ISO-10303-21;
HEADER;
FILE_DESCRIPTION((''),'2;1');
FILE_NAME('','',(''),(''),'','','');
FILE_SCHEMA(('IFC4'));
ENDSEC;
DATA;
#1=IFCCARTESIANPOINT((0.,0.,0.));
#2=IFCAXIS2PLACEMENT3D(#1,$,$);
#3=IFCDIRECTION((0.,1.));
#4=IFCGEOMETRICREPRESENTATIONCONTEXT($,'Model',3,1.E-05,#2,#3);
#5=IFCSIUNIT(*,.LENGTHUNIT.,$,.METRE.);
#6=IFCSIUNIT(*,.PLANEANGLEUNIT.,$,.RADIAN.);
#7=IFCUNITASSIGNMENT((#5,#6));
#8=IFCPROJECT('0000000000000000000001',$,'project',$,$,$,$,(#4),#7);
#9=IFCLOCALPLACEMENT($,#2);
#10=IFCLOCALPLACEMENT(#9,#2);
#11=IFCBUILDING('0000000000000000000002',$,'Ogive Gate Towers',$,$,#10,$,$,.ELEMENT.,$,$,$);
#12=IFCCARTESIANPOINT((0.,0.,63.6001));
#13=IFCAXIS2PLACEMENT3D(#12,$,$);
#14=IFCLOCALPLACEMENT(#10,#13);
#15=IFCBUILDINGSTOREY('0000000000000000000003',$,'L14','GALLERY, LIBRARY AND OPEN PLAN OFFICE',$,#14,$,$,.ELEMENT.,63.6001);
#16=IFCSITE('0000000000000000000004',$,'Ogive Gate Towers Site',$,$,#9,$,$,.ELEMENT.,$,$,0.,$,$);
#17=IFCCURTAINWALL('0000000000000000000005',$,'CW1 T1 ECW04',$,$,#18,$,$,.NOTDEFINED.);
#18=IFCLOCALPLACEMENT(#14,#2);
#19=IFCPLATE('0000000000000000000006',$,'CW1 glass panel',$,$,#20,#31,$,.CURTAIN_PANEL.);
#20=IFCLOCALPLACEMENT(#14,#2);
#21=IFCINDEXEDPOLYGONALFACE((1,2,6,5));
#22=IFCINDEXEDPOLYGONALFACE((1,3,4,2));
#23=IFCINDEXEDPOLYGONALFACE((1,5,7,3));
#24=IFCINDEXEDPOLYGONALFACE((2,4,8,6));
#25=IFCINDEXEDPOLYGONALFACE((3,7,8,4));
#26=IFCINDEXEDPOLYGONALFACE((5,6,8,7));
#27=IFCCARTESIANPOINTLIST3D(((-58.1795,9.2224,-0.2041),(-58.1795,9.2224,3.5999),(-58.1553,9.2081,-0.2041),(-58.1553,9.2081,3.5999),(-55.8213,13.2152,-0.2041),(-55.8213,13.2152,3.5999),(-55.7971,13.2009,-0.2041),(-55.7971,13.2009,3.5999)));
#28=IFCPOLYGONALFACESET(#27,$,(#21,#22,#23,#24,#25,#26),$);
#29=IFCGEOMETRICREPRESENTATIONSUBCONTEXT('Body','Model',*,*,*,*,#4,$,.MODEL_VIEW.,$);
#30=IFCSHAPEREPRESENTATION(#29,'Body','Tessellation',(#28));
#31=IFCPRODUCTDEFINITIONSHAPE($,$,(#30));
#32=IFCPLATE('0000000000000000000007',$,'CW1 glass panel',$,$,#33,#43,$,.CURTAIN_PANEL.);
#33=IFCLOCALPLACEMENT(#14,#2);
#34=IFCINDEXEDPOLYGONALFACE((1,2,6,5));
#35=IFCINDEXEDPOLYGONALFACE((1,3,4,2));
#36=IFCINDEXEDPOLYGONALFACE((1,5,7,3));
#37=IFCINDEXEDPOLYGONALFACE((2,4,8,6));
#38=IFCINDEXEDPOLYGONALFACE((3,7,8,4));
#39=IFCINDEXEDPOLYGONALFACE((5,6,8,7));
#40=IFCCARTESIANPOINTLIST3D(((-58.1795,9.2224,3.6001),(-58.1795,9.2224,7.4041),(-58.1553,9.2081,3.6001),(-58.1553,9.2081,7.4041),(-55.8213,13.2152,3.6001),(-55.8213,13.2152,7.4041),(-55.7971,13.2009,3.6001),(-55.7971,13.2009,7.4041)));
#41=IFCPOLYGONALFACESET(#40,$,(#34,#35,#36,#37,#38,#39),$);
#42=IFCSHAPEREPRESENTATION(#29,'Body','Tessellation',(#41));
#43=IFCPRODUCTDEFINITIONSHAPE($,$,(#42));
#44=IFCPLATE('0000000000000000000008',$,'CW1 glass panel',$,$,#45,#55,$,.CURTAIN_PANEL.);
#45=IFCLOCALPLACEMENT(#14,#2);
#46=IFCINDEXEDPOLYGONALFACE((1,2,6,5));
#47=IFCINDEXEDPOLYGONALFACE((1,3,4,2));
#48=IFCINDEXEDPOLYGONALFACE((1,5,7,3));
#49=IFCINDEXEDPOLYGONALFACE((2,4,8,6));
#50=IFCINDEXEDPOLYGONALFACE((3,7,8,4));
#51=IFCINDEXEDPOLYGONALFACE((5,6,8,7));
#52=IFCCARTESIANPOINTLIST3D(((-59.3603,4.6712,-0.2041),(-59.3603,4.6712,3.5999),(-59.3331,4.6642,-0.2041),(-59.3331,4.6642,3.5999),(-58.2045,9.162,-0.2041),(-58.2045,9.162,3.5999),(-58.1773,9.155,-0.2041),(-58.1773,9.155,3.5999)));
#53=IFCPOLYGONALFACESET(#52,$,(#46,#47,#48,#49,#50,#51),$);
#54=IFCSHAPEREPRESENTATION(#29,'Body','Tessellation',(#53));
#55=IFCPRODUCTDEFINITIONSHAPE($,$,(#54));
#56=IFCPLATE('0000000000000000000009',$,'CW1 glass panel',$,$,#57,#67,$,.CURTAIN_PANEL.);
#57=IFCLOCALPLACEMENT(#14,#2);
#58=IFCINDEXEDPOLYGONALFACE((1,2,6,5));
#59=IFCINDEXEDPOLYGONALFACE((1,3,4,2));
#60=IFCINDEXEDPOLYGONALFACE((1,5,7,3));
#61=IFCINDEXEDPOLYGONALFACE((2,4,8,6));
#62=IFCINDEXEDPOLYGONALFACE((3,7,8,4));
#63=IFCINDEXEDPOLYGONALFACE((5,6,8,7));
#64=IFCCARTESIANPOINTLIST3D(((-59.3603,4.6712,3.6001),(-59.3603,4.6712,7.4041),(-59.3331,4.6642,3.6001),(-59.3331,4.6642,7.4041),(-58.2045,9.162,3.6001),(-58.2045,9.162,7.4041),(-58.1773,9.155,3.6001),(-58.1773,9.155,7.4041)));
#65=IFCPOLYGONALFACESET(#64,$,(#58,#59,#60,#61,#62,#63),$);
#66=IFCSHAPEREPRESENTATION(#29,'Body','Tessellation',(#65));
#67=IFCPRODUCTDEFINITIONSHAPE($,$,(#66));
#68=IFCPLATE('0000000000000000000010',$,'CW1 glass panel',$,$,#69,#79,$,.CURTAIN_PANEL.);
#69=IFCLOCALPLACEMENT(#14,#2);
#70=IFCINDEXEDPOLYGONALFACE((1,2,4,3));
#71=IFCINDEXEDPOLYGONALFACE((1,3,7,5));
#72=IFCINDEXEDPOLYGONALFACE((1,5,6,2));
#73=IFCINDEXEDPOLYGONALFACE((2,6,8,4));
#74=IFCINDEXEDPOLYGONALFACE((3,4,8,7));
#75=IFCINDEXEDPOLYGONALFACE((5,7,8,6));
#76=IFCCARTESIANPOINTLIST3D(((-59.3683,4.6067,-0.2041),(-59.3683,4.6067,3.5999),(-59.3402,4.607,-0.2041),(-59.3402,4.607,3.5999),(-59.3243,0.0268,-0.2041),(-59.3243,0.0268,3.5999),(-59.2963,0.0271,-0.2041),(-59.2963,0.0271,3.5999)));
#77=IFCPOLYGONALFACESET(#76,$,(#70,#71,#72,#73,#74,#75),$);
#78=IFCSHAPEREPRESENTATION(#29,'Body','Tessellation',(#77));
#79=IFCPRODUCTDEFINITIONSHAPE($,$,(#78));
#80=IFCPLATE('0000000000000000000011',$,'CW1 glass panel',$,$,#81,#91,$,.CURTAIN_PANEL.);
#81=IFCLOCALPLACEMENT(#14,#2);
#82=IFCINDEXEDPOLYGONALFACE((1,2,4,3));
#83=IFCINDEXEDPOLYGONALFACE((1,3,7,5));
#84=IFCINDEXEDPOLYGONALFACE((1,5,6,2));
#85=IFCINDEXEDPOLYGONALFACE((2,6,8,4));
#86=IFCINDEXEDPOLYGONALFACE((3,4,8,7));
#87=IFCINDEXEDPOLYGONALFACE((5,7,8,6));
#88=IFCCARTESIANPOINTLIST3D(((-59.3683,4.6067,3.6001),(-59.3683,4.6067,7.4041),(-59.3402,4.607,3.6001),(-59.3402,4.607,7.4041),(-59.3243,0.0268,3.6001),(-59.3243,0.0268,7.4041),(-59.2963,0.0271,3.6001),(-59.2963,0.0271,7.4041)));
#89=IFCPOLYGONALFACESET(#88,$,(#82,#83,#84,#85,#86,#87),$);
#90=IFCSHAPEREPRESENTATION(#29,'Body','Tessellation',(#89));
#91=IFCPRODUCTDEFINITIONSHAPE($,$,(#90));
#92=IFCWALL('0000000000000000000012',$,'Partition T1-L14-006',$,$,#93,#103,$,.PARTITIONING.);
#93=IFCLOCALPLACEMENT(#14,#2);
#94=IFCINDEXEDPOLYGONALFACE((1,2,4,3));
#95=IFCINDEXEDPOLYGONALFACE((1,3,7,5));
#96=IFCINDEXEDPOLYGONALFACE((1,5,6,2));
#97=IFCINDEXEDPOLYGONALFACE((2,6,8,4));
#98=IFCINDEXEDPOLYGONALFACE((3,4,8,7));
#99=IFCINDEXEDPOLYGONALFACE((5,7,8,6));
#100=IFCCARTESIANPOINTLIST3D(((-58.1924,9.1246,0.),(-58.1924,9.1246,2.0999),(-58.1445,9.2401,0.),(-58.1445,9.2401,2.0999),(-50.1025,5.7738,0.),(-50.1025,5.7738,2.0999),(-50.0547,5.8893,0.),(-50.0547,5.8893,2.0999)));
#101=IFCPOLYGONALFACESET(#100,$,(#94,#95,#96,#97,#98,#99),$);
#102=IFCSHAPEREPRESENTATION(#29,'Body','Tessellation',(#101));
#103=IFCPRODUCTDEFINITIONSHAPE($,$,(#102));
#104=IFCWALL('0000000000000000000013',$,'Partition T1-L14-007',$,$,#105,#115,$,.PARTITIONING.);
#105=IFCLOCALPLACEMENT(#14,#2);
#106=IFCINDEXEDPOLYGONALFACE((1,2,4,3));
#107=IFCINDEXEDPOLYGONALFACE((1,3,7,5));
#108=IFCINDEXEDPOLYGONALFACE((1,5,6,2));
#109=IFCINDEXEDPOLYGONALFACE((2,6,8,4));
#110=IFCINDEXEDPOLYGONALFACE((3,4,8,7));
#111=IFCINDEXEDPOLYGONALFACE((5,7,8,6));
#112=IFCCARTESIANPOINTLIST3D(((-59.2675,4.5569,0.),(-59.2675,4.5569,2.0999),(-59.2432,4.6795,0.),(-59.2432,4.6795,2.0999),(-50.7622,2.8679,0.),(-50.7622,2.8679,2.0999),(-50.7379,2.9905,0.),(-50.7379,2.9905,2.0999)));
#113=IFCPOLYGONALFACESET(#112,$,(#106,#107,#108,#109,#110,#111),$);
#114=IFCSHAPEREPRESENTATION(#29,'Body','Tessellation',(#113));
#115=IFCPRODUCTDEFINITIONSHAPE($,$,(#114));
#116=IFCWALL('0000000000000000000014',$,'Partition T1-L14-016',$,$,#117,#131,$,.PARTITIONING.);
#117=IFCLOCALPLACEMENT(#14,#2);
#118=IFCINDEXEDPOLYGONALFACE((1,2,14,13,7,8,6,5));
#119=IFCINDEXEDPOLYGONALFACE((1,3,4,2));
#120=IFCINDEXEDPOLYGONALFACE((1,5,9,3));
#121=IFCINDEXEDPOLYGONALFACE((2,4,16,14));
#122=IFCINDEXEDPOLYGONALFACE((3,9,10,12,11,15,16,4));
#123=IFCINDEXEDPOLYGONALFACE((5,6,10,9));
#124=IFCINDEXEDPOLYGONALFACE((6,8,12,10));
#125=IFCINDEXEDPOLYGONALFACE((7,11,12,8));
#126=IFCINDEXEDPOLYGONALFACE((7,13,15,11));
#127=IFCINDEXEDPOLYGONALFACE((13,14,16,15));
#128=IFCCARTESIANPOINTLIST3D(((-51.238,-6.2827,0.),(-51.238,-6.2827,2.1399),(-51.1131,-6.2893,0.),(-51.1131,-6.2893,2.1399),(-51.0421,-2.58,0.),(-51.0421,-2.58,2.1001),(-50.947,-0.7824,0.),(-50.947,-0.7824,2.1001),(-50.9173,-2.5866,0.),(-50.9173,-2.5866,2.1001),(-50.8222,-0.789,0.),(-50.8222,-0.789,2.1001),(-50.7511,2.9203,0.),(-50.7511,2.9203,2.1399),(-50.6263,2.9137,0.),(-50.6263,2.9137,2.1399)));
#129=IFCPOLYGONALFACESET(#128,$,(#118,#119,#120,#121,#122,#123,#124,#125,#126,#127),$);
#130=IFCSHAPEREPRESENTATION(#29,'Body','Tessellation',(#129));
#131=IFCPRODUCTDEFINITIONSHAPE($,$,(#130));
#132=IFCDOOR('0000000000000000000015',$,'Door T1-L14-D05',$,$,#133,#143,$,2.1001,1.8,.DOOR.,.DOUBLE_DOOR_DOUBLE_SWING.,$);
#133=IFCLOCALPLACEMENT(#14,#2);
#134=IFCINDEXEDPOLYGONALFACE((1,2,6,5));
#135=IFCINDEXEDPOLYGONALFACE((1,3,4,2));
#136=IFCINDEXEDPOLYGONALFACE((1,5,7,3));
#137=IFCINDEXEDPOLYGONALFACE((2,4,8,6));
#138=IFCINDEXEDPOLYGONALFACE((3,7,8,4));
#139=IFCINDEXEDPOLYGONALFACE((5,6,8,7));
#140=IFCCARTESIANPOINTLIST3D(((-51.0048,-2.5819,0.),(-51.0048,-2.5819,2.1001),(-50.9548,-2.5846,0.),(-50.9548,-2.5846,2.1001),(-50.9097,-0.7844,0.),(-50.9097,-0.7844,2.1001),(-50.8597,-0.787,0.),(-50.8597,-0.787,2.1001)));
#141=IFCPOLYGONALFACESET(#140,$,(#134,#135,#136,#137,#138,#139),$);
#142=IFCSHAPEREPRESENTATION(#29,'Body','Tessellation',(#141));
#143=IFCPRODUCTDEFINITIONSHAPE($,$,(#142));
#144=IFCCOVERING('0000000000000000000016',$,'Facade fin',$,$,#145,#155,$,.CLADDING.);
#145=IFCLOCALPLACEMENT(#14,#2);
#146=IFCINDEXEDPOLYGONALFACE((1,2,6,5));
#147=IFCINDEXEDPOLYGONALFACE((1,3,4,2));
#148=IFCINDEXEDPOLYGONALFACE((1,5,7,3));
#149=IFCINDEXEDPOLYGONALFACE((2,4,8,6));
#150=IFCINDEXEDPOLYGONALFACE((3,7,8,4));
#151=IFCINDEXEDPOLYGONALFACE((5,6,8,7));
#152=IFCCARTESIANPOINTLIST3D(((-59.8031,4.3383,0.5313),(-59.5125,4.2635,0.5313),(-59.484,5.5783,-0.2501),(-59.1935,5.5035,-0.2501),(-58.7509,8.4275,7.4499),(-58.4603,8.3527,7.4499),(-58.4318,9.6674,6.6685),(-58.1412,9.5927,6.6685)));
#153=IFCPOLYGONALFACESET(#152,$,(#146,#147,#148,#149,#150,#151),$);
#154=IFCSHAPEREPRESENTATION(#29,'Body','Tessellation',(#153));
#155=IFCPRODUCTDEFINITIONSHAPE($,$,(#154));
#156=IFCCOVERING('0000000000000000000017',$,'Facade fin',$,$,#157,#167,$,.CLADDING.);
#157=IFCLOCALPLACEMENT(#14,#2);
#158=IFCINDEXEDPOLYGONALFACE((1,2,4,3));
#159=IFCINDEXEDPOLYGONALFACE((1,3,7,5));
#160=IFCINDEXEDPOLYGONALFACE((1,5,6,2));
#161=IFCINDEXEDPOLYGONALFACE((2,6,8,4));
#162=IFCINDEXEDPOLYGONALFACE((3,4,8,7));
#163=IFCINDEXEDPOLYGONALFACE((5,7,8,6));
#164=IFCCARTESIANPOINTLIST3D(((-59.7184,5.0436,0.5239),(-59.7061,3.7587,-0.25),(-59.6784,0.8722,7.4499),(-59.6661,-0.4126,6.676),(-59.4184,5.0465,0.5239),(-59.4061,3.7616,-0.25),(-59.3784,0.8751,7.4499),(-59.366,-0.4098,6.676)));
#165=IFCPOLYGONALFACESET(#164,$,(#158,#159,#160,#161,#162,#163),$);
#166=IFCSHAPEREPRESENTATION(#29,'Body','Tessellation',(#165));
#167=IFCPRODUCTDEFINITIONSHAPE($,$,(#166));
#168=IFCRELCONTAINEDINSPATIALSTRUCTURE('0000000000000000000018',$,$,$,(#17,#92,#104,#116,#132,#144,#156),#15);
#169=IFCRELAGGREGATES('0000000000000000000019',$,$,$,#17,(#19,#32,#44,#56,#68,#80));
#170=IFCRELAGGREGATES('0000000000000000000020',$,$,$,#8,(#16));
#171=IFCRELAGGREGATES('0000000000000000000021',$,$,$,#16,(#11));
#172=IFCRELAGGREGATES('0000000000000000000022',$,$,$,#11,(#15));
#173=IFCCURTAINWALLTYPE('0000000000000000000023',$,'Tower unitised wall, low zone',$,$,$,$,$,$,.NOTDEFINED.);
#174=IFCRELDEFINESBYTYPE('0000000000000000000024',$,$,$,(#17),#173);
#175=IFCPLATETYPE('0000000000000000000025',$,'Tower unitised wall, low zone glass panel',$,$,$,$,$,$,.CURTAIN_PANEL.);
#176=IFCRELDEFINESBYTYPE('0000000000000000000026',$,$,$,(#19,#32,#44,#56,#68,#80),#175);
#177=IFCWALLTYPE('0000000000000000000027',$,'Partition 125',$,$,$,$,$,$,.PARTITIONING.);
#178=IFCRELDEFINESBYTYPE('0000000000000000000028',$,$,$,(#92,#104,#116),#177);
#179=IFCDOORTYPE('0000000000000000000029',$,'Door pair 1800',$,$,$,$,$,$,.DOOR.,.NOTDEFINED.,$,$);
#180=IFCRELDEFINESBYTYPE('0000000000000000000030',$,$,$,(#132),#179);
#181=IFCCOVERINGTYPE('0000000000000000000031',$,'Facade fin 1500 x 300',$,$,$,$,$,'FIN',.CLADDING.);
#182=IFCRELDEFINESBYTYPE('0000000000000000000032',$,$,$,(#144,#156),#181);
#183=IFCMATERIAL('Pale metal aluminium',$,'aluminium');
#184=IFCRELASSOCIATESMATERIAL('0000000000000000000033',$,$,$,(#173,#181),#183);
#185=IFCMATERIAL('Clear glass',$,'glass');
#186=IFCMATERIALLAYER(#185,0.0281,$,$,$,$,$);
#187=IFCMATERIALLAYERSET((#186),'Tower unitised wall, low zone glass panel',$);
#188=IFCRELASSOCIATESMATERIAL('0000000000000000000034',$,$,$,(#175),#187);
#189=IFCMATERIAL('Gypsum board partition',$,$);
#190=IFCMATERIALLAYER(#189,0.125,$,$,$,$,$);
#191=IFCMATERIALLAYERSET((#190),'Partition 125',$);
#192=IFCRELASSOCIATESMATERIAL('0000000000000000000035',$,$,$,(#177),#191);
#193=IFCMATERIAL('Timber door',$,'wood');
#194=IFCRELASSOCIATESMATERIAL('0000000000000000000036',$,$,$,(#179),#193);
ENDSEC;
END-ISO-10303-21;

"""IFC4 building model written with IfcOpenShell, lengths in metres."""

from ifc_helpers import new_model, si_unit, direction, frame, frame_2d, origin, origin_2d, place, context, subcontext, project, spatial, rectangle, extrude, material, layer, layer_set, material_profile, profile_set, type_object, element, fill, aggregate, save


model = new_model("IFC4")

# Units and contexts
model_context = context("Model", 3, precision=1e-05, world=origin(), true_north=direction((0.0, 1.0)))
body_context = subcontext(model_context, "Body", "Model", "MODEL_VIEW")
ifc_project = project(units=[si_unit("LENGTHUNIT", "METRE"), si_unit("PLANEANGLEUNIT", "RADIAN")], contexts=[model_context])

# Site, building, storey
site_placement = place(None, origin())
site = spatial("IfcSite", under=ifc_project, at=site_placement, Name="Ogive Gate Towers Site", CompositionType="ELEMENT", RefElevation=0.0)
building_placement = place(site_placement, origin())
building = spatial("IfcBuilding", under=site, at=building_placement, Name="Ogive Gate Towers", CompositionType="ELEMENT")
storey_placement = place(building_placement, frame((0.0, 0.0, 63.6001)))
storey = spatial("IfcBuildingStorey", under=building, at=storey_placement, Name="L14", Description="GALLERY, LIBRARY AND OPEN PLAN OFFICE", CompositionType="ELEMENT", Elevation=63.6001)

# Curtain wall, plates
ifc_material_1 = material(Name="Pale metal aluminium", Category="aluminium")
curtain_wall_type = type_object("IfcCurtainWallType", Name="Tower unitised wall, low zone", PredefinedType="NOTDEFINED", material=ifc_material_1)
curtain_wall_placement = place(storey_placement, origin())
curtain_wall = element("IfcCurtainWall", 1, at=curtain_wall_placement, inside=storey, type_object=curtain_wall_type, Name="CW1 T1 ECW04", PredefinedType="NOTDEFINED")
ifc_material_2 = material(Name="Clear glass", Category="glass")
ifc_layer_1 = layer(ifc_material_2, 0.0281)
ifc_layer_set_1 = layer_set([ifc_layer_1], Name="Tower unitised wall, low zone glass panel")
plate_type = type_object("IfcPlateType", Name="Tower unitised wall, low zone glass panel", PredefinedType="CURTAIN_PANEL", material=ifc_layer_set_1)
plate_1_placement = place(storey_placement, frame((-56.9883, 11.2117, -0.2041), z_axis=(0.0, 0.0, 1.0), x_axis=(-0.508546, -0.861035, 0.0)))
plate_1 = element("IfcPlate", 2, at=plate_1_placement, type_object=plate_type, Name="CW1 glass panel", PredefinedType="CURTAIN_PANEL", context=body_context, shape_type="SweptSolid", body=[
    extrude(rectangle(XDim=4.6372, YDim=0.0281, at=origin_2d()), origin(), (0.0, 0.0, 1.0), 3.804),
])
plate_2_placement = place(storey_placement, frame((-56.9883, 11.2117, 3.6001), z_axis=(0.0, 0.0, 1.0), x_axis=(-0.508546, -0.861035, 0.0)))
plate_2 = element("IfcPlate", 3, at=plate_2_placement, type_object=plate_type, Name="CW1 glass panel", PredefinedType="CURTAIN_PANEL", context=body_context, shape_type="SweptSolid", body=[
    extrude(rectangle(XDim=4.6372, YDim=0.0281, at=origin_2d()), origin(), (0.0, 0.0, 1.0), 3.804),
])
plate_3_placement = place(storey_placement, frame((-58.7688, 6.9131, -0.2041), z_axis=(0.0, 0.0, 1.0), x_axis=(-0.249248, -0.96844, 0.0)))
plate_3 = element("IfcPlate", 4, at=plate_3_placement, type_object=plate_type, Name="CW1 glass panel", PredefinedType="CURTAIN_PANEL", context=body_context, shape_type="SweptSolid", body=[
    extrude(rectangle(XDim=4.6372, YDim=0.0281, at=origin_2d()), origin(), (0.0, 0.0, 1.0), 3.804),
])
plate_4_placement = place(storey_placement, frame((-58.7688, 6.9131, 3.6001), z_axis=(0.0, 0.0, 1.0), x_axis=(-0.249248, -0.96844, 0.0)))
plate_4 = element("IfcPlate", 5, at=plate_4_placement, type_object=plate_type, Name="CW1 glass panel", PredefinedType="CURTAIN_PANEL", context=body_context, shape_type="SweptSolid", body=[
    extrude(rectangle(XDim=4.6372, YDim=0.0281, at=origin_2d()), origin(), (0.0, 0.0, 1.0), 3.804),
])
plate_5_placement = place(storey_placement, frame((-59.3323, 2.3169, -0.2041), z_axis=(0.0, 0.0, 1.0), x_axis=(0.009599, -0.999954, 0.0)))
plate_5 = element("IfcPlate", 6, at=plate_5_placement, type_object=plate_type, Name="CW1 glass panel", PredefinedType="CURTAIN_PANEL", context=body_context, shape_type="SweptSolid", body=[
    extrude(rectangle(XDim=4.5801, YDim=0.0281, at=origin_2d()), origin(), (0.0, 0.0, 1.0), 3.804),
])
plate_6_placement = place(storey_placement, frame((-59.3323, 2.3169, 3.6001), z_axis=(0.0, 0.0, 1.0), x_axis=(0.009599, -0.999954, 0.0)))
plate_6 = element("IfcPlate", 7, at=plate_6_placement, type_object=plate_type, Name="CW1 glass panel", PredefinedType="CURTAIN_PANEL", context=body_context, shape_type="SweptSolid", body=[
    extrude(rectangle(XDim=4.5801, YDim=0.0281, at=origin_2d()), origin(), (0.0, 0.0, 1.0), 3.804),
])
aggregate(curtain_wall, [plate_1, plate_2, plate_3, plate_4, plate_5, plate_6])

# Walls
ifc_material_3 = material(Name="Gypsum board partition")
ifc_layer_2 = layer(ifc_material_3, 0.125)
ifc_layer_set_2 = layer_set([ifc_layer_2], Name="Partition 125")
wall_type = type_object("IfcWallType", Name="Partition 125", PredefinedType="PARTITIONING", material=ifc_layer_set_2)
wall_1_placement = place(storey_placement, frame((-58.1685, 9.1824, 0.0), z_axis=(0.0, 0.0, 1.0), x_axis=(0.923883, -0.382674, 0.0)))
element("IfcWall", 8, at=wall_1_placement, inside=storey, type_object=wall_type, Name="Partition T1-L14-006", PredefinedType="PARTITIONING", context=body_context, shape_type="SweptSolid", body=[
    extrude(rectangle(XDim=8.7563, YDim=0.125, at=frame_2d((4.3782, 0.0))), origin(), (0.0, 0.0, 1.0), 2.0999),
])
wall_2_placement = place(storey_placement, frame((-59.2554, 4.6182, 0.0), z_axis=(0.0, 0.0, 1.0), x_axis=(0.980848, -0.194773, 0.0)))
element("IfcWall", 9, at=wall_2_placement, inside=storey, type_object=wall_type, Name="Partition T1-L14-007", PredefinedType="PARTITIONING", context=body_context, shape_type="SweptSolid", body=[
    extrude(rectangle(XDim=8.6714, YDim=0.125, at=frame_2d((4.3357, 0.0))), origin(), (0.0, 0.0, 1.0), 2.0999),
])

# Wall, opening, door
wall_3_placement = place(storey_placement, frame((-50.6887, 2.917, 0.0), z_axis=(0.0, 0.0, 1.0), x_axis=(-0.052824, -0.998604, 0.0)))
wall_3 = element("IfcWall", 10, at=wall_3_placement, inside=storey, type_object=wall_type, Name="Partition T1-L14-016", PredefinedType="PARTITIONING", context=body_context, shape_type="SweptSolid", body=[
    extrude(rectangle(XDim=9.2158, YDim=0.125, at=frame_2d((4.6079, 0.0))), origin(), (0.0, 0.0, 1.0), 2.1399),
])
opening_placement = place(wall_3_placement, frame((3.708, 0.0, 0.0)))
opening = element("IfcOpeningElement", 11, at=opening_placement, cuts=wall_3, PredefinedType="OPENING", context=body_context, shape_type="SweptSolid", body=[
    extrude(rectangle(XDim=1.8, YDim=2.1001, at=frame_2d((0.8999, 1.05))), frame((0.0, 0.0725, 0.0), z_axis=(0.0, -1.0, 0.0), x_axis=(1.0, 0.0, 0.0)), (0.0, 0.0, 1.0), 0.145),
])
ifc_material_4 = material(Name="Timber door", Category="wood")
door_type = type_object("IfcDoorType", Name="Door pair 1800", OperationType="NOTDEFINED", PredefinedType="DOOR", material=ifc_material_4)
door_placement = place(opening_placement, origin())
door = element("IfcDoor", 12, at=door_placement, inside=storey, type_object=door_type, Name="Door T1-L14-D05", OperationType="DOUBLE_DOOR_DOUBLE_SWING", OverallHeight=2.1001, OverallWidth=1.8, PredefinedType="DOOR", context=body_context, shape_type="SweptSolid", body=[
    extrude(rectangle(XDim=1.8, YDim=2.1001, at=frame_2d((0.8999, 1.05))), frame((0.0, 0.0249, 0.0), z_axis=(0.0, -1.0, 0.0), x_axis=(1.0, 0.0, 0.0)), (0.0, 0.0, 1.0), 0.05),
])
fill(opening, door)

# Coverings
ifc_material_profile_1 = material_profile(ifc_material_1, rectangle(XDim=0.3, YDim=1.5, at=origin_2d()), Name="1500 x 300 pale metal aluminium")
ifc_profile_set_1 = profile_set([ifc_material_profile_1], Name="Pale metal aluminium")
covering_type = type_object("IfcCoveringType", Name="Facade fin 1500 x 300", ElementType="FIN", PredefinedType="CLADDING", material=ifc_profile_set_1)
covering_1_placement = place(storey_placement, frame((-59.4983, 4.9209, 0.1406), z_axis=(0.129825, 0.504509, 0.85359), x_axis=(-0.968449, 0.24921, 0.0)))
element("IfcCovering", 13, at=covering_1_placement, inside=storey, type_object=covering_type, Name="Facade fin", PredefinedType="CLADDING", context=body_context, shape_type="SweptSolid", body=[
    extrude(rectangle(XDim=0.3, YDim=1.5, at=origin_2d()), origin(), (0.0, 0.0, 1.0), 8.1052),
])
covering_2_placement = place(storey_placement, frame((-59.5623, 4.4026, 0.137), z_axis=(0.004952, -0.515923, 0.856621), x_axis=(0.999954, 0.009598, 0.0)))
element("IfcCovering", 14, at=covering_2_placement, inside=storey, type_object=covering_type, Name="Facade fin", PredefinedType="CLADDING", context=body_context, shape_type="SweptSolid", body=[
    extrude(rectangle(XDim=0.3, YDim=1.5, at=origin_2d()), origin(), (0.0, 0.0, 1.0), 8.0852),
])

save(model, "model.ifc")
